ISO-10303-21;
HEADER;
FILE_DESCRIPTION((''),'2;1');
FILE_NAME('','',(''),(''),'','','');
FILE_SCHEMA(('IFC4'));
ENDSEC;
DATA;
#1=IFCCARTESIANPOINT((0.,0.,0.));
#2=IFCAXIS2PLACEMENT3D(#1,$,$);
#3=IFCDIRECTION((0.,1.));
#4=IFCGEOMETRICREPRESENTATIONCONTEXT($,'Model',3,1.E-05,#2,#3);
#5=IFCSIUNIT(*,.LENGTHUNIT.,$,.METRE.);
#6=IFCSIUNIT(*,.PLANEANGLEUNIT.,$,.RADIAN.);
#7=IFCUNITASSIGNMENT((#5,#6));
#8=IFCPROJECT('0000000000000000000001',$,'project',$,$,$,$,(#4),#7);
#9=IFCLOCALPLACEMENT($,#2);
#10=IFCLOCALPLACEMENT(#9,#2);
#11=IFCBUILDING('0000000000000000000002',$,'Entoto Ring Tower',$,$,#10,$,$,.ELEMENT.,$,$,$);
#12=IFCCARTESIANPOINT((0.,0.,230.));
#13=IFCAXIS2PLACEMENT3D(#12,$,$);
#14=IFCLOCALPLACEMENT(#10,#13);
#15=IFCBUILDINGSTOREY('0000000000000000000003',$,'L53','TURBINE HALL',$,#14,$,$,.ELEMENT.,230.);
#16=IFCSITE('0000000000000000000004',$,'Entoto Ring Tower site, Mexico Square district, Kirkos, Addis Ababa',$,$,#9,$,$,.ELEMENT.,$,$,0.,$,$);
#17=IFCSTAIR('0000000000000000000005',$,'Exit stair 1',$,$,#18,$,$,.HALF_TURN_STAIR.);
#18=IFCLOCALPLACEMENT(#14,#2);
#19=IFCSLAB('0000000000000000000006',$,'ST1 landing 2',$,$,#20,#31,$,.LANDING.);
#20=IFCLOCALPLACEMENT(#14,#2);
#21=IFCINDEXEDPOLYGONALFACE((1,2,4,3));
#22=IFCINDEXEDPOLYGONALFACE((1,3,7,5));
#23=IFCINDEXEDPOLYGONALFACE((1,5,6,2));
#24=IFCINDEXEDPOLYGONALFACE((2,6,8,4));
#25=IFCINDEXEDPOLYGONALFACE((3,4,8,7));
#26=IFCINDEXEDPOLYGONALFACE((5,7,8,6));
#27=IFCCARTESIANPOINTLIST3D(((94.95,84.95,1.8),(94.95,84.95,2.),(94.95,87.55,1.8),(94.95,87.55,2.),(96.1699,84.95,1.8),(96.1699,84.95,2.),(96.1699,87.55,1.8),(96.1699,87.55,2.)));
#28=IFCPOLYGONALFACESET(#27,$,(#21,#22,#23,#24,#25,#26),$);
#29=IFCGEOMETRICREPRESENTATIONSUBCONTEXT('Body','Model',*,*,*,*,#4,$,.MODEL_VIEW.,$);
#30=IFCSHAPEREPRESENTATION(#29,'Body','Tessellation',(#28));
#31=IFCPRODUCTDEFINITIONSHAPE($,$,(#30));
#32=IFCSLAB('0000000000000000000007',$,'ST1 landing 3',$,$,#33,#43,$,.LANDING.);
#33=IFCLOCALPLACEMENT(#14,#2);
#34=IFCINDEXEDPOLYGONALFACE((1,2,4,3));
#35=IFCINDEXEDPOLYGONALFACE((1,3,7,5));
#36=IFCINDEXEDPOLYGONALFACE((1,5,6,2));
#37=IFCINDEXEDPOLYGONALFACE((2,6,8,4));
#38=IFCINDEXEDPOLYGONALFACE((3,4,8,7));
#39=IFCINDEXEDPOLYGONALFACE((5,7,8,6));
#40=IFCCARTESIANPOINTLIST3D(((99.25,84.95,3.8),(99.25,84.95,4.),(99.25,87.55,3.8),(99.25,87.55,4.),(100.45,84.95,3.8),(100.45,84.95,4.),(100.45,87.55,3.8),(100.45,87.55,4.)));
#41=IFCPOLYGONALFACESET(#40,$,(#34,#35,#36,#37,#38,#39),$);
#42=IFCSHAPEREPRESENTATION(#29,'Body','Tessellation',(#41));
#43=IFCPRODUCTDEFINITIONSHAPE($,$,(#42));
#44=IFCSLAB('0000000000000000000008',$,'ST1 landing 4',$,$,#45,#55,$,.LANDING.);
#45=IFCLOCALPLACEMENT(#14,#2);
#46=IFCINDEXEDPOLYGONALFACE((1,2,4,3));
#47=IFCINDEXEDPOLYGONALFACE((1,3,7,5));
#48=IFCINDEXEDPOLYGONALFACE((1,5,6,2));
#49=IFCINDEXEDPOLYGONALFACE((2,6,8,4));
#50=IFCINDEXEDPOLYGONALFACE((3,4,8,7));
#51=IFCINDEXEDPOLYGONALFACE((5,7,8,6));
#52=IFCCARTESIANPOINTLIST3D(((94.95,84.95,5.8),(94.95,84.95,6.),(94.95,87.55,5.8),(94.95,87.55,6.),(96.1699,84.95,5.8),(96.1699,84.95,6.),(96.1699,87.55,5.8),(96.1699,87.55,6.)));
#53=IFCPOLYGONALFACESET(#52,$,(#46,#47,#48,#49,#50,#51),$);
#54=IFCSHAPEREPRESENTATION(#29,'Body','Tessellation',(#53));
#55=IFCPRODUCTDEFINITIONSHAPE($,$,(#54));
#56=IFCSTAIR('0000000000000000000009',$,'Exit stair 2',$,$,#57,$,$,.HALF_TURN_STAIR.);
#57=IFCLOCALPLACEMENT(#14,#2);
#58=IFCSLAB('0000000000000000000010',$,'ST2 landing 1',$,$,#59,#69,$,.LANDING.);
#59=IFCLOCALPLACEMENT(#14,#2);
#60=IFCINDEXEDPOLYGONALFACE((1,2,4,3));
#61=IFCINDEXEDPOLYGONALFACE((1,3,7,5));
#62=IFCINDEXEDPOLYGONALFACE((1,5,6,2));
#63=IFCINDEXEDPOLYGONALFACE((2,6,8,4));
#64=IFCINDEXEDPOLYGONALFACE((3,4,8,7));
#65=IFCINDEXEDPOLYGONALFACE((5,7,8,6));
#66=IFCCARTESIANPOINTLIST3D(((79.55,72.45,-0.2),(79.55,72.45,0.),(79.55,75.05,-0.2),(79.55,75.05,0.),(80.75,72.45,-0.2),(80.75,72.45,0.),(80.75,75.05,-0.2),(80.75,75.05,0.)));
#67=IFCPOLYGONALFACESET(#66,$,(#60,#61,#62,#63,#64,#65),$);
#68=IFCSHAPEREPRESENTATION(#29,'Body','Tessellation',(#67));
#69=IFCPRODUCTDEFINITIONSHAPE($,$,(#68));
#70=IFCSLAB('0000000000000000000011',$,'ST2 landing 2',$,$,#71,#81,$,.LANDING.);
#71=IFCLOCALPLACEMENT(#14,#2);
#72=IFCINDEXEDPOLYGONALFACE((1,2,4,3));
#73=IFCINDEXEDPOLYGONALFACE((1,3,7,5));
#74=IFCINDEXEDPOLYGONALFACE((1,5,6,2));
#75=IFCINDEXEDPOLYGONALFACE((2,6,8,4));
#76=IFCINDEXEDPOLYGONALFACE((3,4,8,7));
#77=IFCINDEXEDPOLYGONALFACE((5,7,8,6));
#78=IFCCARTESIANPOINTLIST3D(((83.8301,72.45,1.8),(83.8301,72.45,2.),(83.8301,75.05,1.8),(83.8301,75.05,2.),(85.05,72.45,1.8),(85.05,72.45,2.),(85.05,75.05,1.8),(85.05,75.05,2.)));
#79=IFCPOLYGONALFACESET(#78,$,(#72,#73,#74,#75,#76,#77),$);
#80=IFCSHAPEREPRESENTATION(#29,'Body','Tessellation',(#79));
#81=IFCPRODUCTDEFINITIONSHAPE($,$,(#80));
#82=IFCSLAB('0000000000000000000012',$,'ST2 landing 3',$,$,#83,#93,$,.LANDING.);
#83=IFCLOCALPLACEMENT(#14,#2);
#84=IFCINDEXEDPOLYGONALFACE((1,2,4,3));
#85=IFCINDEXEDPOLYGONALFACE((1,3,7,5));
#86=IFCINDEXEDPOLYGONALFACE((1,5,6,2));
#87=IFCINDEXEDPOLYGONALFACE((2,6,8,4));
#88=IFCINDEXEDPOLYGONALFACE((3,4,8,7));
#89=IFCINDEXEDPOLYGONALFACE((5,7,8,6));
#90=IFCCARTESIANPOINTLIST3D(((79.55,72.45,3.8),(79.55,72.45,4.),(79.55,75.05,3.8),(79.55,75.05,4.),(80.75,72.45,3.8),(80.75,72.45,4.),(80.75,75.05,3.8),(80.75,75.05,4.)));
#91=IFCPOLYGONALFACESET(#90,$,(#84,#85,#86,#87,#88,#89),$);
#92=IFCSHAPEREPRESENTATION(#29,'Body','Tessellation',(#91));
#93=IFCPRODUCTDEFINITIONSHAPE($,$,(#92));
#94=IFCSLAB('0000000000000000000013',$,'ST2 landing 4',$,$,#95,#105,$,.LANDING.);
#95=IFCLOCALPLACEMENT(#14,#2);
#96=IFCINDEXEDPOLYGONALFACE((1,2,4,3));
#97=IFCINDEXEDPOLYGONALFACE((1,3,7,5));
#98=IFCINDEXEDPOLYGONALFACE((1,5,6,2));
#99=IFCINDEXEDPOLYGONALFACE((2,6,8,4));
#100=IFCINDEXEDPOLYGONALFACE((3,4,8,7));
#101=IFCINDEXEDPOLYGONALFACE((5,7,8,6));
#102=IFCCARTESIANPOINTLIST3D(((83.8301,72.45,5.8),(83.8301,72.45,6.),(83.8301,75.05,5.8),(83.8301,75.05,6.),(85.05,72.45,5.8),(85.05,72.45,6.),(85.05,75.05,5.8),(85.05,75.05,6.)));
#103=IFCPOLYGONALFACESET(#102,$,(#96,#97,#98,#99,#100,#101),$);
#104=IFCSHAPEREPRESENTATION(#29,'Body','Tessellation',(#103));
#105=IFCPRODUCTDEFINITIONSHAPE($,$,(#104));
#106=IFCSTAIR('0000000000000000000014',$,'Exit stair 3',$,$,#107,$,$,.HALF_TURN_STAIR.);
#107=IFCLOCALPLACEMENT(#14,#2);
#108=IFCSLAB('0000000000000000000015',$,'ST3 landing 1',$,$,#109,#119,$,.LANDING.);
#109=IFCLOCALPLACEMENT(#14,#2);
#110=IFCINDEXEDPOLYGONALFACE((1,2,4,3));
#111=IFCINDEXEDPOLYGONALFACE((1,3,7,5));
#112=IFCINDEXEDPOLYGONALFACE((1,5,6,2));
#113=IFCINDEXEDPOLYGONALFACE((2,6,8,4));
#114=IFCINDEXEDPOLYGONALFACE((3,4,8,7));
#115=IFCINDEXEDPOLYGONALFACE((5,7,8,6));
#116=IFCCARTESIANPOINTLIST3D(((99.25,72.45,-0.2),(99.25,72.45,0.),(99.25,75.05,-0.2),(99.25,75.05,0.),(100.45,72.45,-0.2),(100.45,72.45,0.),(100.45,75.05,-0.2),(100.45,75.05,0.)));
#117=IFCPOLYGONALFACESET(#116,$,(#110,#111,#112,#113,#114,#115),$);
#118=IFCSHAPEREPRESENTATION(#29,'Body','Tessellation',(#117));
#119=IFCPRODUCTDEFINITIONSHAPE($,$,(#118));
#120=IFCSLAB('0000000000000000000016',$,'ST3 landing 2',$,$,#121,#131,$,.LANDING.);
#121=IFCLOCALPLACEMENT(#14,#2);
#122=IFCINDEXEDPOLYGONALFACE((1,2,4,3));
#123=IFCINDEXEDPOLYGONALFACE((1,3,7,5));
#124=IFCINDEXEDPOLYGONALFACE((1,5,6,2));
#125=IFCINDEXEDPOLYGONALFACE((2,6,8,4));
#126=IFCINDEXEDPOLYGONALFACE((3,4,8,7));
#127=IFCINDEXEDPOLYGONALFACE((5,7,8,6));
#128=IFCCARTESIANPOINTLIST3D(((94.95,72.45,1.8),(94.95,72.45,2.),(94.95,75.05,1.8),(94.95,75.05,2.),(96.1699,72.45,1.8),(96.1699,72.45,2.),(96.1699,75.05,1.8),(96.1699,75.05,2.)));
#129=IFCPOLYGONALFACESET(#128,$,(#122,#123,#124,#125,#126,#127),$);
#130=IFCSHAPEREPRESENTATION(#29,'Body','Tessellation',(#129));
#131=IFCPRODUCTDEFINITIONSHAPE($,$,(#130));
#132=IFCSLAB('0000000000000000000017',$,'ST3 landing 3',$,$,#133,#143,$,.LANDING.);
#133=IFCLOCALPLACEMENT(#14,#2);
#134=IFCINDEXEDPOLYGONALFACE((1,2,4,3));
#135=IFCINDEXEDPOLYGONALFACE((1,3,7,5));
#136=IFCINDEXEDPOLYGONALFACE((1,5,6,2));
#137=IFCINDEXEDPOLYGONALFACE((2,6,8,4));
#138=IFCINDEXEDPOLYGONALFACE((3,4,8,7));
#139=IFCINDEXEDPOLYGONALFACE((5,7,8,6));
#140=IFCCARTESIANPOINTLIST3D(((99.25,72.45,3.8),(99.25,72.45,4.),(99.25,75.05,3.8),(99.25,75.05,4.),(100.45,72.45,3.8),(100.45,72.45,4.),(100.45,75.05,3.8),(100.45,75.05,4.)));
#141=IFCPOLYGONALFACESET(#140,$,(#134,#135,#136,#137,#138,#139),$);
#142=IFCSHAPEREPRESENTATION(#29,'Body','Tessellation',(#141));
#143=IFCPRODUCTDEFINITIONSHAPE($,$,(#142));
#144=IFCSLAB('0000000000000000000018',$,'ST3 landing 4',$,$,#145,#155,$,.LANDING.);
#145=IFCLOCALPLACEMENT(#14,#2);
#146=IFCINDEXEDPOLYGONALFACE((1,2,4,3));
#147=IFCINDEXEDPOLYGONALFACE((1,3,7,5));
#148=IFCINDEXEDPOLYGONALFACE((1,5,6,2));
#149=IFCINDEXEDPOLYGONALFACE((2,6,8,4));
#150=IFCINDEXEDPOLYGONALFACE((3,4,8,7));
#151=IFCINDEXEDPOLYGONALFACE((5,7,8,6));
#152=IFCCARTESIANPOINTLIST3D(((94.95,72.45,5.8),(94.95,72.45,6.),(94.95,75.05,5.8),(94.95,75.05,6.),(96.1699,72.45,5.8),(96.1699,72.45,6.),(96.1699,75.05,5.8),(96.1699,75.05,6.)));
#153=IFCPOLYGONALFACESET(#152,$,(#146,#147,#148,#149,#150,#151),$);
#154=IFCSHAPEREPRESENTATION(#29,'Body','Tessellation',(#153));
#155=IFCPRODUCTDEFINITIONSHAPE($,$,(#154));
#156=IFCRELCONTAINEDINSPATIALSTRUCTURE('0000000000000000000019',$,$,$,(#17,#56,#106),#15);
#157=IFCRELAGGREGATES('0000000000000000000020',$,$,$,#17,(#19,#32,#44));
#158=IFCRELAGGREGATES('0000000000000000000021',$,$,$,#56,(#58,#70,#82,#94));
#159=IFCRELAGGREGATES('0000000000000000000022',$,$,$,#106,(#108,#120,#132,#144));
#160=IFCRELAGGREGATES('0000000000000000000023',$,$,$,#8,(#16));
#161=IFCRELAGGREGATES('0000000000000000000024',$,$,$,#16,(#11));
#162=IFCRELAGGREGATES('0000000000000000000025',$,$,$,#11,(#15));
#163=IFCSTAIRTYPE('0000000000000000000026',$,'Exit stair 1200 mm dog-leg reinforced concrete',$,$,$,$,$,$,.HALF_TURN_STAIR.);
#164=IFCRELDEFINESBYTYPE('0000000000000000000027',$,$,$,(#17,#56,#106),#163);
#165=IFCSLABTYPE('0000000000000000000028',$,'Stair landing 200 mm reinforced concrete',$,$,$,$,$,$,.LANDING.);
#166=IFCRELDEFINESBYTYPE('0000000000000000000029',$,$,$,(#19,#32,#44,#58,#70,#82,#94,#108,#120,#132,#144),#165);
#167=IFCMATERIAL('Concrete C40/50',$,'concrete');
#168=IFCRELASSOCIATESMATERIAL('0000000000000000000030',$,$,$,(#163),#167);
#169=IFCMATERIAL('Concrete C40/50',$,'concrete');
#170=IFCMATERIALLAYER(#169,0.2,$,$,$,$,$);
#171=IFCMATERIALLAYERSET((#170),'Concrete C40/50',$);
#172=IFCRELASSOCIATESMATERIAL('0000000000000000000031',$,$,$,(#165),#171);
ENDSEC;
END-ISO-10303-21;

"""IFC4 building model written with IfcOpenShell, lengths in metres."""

from ifc_helpers import new_model, si_unit, direction, frame, origin, place, context, subcontext, project, spatial, polyline, outline, extrude, material, layer, layer_set, type_object, element, aggregate, save


model = new_model("IFC4")

# Units and contexts
model_context = context("Model", 3, precision=1e-05, world=origin(), true_north=direction((0.0, 1.0)))
body_context = subcontext(model_context, "Body", "Model", "MODEL_VIEW")
ifc_project = project(units=[si_unit("LENGTHUNIT", "METRE"), si_unit("PLANEANGLEUNIT", "RADIAN")], contexts=[model_context])

# Site, building, storey
site_placement = place(None, origin())
site = spatial("IfcSite", under=ifc_project, at=site_placement, Name="Entoto Ring Tower site, Mexico Square district, Kirkos, Addis Ababa", CompositionType="ELEMENT", RefElevation=0.0)
building_placement = place(site_placement, origin())
building = spatial("IfcBuilding", under=site, at=building_placement, Name="Entoto Ring Tower", CompositionType="ELEMENT")
storey_placement = place(building_placement, frame((0.0, 0.0, 230.0)))
storey = spatial("IfcBuildingStorey", under=building, at=storey_placement, Name="L53", Description="TURBINE HALL", CompositionType="ELEMENT", Elevation=230.0)

# Stairs, slabs
ifc_material_1 = material(Name="Concrete C40/50", Category="concrete")
stair_type = type_object("IfcStairType", Name="Exit stair 1200 mm dog-leg reinforced concrete", PredefinedType="HALF_TURN_STAIR", material=ifc_material_1)
stair_1_placement = place(storey_placement, origin())
stair_1 = element("IfcStair", 1, at=stair_1_placement, inside=storey, type_object=stair_type, Name="Exit stair 1", PredefinedType="HALF_TURN_STAIR")
ifc_material_2 = material(Name="Concrete C40/50", Category="concrete")
ifc_layer_1 = layer(ifc_material_2, 0.2)
ifc_layer_set_1 = layer_set([ifc_layer_1], Name="Concrete C40/50")
slab_type_1 = type_object("IfcSlabType", Name="Stair landing 200 mm reinforced concrete", PredefinedType="LANDING", material=ifc_layer_set_1)
slab_1_placement = place(storey_placement, frame((0.0, 0.0, 1.8)))
slab_1 = element("IfcSlab", 2, at=slab_1_placement, type_object=slab_type_1, Name="ST1 landing 2", PredefinedType="LANDING", context=body_context, shape_type="SweptSolid", body=[
    extrude(outline(polyline([(94.95, 84.95), (96.1699, 84.95), (96.1699, 87.55), (94.95, 87.55), (94.95, 84.95)])), origin(), (0.0, 0.0, 1.0), 0.2),
])
slab_2_placement = place(storey_placement, frame((0.0, 0.0, 3.8)))
slab_2 = element("IfcSlab", 3, at=slab_2_placement, type_object=slab_type_1, Name="ST1 landing 3", PredefinedType="LANDING", context=body_context, shape_type="SweptSolid", body=[
    extrude(outline(polyline([(99.25, 84.95), (100.45, 84.95), (100.45, 87.55), (99.25, 87.55), (99.25, 84.95)])), origin(), (0.0, 0.0, 1.0), 0.2),
])
slab_3_placement = place(storey_placement, frame((0.0, 0.0, 5.8)))
slab_3 = element("IfcSlab", 4, at=slab_3_placement, type_object=slab_type_1, Name="ST1 landing 4", PredefinedType="LANDING", context=body_context, shape_type="SweptSolid", body=[
    extrude(outline(polyline([(94.95, 84.95), (96.1699, 84.95), (96.1699, 87.55), (94.95, 87.55), (94.95, 84.95)])), origin(), (0.0, 0.0, 1.0), 0.2),
])
aggregate(stair_1, [slab_1, slab_2, slab_3])
stair_2_placement = place(storey_placement, origin())
stair_2 = element("IfcStair", 5, at=stair_2_placement, inside=storey, type_object=stair_type, Name="Exit stair 2", PredefinedType="HALF_TURN_STAIR")
slab_4_placement = place(storey_placement, frame((0.0, 0.0, -0.2)))
slab_4 = element("IfcSlab", 6, at=slab_4_placement, type_object=slab_type_1, Name="ST2 landing 1", PredefinedType="LANDING", context=body_context, shape_type="SweptSolid", body=[
    extrude(outline(polyline([(80.75, 72.45), (80.75, 75.05), (79.55, 75.05), (79.55, 72.45), (80.75, 72.45)])), origin(), (0.0, 0.0, 1.0), 0.2),
])
slab_5_placement = place(storey_placement, frame((0.0, 0.0, 1.8)))
slab_5 = element("IfcSlab", 7, at=slab_5_placement, type_object=slab_type_1, Name="ST2 landing 2", PredefinedType="LANDING", context=body_context, shape_type="SweptSolid", body=[
    extrude(outline(polyline([(83.8301, 72.45), (85.05, 72.45), (85.05, 75.05), (83.8301, 75.05), (83.8301, 72.45)])), origin(), (0.0, 0.0, 1.0), 0.2),
])
slab_6_placement = place(storey_placement, frame((0.0, 0.0, 3.8)))
slab_6 = element("IfcSlab", 8, at=slab_6_placement, type_object=slab_type_1, Name="ST2 landing 3", PredefinedType="LANDING", context=body_context, shape_type="SweptSolid", body=[
    extrude(outline(polyline([(79.55, 72.45), (80.75, 72.45), (80.75, 75.05), (79.55, 75.05), (79.55, 72.45)])), origin(), (0.0, 0.0, 1.0), 0.2),
])
slab_7_placement = place(storey_placement, frame((0.0, 0.0, 5.8)))
slab_7 = element("IfcSlab", 9, at=slab_7_placement, type_object=slab_type_1, Name="ST2 landing 4", PredefinedType="LANDING", context=body_context, shape_type="SweptSolid", body=[
    extrude(outline(polyline([(83.8301, 72.45), (85.05, 72.45), (85.05, 75.05), (83.8301, 75.05), (83.8301, 72.45)])), origin(), (0.0, 0.0, 1.0), 0.2),
])
aggregate(stair_2, [slab_4, slab_5, slab_6, slab_7])
stair_3_placement = place(storey_placement, origin())
stair_3 = element("IfcStair", 10, at=stair_3_placement, inside=storey, type_object=stair_type, Name="Exit stair 3", PredefinedType="HALF_TURN_STAIR")
slab_8_placement = place(storey_placement, frame((0.0, 0.0, -0.2)))
slab_8 = element("IfcSlab", 11, at=slab_8_placement, type_object=slab_type_1, Name="ST3 landing 1", PredefinedType="LANDING", context=body_context, shape_type="SweptSolid", body=[
    extrude(outline(polyline([(100.45, 72.45), (100.45, 75.05), (99.25, 75.05), (99.25, 72.45), (100.45, 72.45)])), origin(), (0.0, 0.0, 1.0), 0.2),
])
slab_9_placement = place(storey_placement, frame((0.0, 0.0, 1.8)))
slab_9 = element("IfcSlab", 12, at=slab_9_placement, type_object=slab_type_1, Name="ST3 landing 2", PredefinedType="LANDING", context=body_context, shape_type="SweptSolid", body=[
    extrude(outline(polyline([(94.95, 72.45), (96.1699, 72.45), (96.1699, 75.05), (94.95, 75.05), (94.95, 72.45)])), origin(), (0.0, 0.0, 1.0), 0.2),
])
slab_10_placement = place(storey_placement, frame((0.0, 0.0, 3.8)))
slab_10 = element("IfcSlab", 13, at=slab_10_placement, type_object=slab_type_1, Name="ST3 landing 3", PredefinedType="LANDING", context=body_context, shape_type="SweptSolid", body=[
    extrude(outline(polyline([(99.25, 72.45), (100.45, 72.45), (100.45, 75.05), (99.25, 75.05), (99.25, 72.45)])), origin(), (0.0, 0.0, 1.0), 0.2),
])
slab_11_placement = place(storey_placement, frame((0.0, 0.0, 5.8)))
slab_11 = element("IfcSlab", 14, at=slab_11_placement, type_object=slab_type_1, Name="ST3 landing 4", PredefinedType="LANDING", context=body_context, shape_type="SweptSolid", body=[
    extrude(outline(polyline([(94.95, 72.45), (96.1699, 72.45), (96.1699, 75.05), (94.95, 75.05), (94.95, 72.45)])), origin(), (0.0, 0.0, 1.0), 0.2),
])
aggregate(stair_3, [slab_8, slab_9, slab_10, slab_11])

save(model, "model.ifc")
